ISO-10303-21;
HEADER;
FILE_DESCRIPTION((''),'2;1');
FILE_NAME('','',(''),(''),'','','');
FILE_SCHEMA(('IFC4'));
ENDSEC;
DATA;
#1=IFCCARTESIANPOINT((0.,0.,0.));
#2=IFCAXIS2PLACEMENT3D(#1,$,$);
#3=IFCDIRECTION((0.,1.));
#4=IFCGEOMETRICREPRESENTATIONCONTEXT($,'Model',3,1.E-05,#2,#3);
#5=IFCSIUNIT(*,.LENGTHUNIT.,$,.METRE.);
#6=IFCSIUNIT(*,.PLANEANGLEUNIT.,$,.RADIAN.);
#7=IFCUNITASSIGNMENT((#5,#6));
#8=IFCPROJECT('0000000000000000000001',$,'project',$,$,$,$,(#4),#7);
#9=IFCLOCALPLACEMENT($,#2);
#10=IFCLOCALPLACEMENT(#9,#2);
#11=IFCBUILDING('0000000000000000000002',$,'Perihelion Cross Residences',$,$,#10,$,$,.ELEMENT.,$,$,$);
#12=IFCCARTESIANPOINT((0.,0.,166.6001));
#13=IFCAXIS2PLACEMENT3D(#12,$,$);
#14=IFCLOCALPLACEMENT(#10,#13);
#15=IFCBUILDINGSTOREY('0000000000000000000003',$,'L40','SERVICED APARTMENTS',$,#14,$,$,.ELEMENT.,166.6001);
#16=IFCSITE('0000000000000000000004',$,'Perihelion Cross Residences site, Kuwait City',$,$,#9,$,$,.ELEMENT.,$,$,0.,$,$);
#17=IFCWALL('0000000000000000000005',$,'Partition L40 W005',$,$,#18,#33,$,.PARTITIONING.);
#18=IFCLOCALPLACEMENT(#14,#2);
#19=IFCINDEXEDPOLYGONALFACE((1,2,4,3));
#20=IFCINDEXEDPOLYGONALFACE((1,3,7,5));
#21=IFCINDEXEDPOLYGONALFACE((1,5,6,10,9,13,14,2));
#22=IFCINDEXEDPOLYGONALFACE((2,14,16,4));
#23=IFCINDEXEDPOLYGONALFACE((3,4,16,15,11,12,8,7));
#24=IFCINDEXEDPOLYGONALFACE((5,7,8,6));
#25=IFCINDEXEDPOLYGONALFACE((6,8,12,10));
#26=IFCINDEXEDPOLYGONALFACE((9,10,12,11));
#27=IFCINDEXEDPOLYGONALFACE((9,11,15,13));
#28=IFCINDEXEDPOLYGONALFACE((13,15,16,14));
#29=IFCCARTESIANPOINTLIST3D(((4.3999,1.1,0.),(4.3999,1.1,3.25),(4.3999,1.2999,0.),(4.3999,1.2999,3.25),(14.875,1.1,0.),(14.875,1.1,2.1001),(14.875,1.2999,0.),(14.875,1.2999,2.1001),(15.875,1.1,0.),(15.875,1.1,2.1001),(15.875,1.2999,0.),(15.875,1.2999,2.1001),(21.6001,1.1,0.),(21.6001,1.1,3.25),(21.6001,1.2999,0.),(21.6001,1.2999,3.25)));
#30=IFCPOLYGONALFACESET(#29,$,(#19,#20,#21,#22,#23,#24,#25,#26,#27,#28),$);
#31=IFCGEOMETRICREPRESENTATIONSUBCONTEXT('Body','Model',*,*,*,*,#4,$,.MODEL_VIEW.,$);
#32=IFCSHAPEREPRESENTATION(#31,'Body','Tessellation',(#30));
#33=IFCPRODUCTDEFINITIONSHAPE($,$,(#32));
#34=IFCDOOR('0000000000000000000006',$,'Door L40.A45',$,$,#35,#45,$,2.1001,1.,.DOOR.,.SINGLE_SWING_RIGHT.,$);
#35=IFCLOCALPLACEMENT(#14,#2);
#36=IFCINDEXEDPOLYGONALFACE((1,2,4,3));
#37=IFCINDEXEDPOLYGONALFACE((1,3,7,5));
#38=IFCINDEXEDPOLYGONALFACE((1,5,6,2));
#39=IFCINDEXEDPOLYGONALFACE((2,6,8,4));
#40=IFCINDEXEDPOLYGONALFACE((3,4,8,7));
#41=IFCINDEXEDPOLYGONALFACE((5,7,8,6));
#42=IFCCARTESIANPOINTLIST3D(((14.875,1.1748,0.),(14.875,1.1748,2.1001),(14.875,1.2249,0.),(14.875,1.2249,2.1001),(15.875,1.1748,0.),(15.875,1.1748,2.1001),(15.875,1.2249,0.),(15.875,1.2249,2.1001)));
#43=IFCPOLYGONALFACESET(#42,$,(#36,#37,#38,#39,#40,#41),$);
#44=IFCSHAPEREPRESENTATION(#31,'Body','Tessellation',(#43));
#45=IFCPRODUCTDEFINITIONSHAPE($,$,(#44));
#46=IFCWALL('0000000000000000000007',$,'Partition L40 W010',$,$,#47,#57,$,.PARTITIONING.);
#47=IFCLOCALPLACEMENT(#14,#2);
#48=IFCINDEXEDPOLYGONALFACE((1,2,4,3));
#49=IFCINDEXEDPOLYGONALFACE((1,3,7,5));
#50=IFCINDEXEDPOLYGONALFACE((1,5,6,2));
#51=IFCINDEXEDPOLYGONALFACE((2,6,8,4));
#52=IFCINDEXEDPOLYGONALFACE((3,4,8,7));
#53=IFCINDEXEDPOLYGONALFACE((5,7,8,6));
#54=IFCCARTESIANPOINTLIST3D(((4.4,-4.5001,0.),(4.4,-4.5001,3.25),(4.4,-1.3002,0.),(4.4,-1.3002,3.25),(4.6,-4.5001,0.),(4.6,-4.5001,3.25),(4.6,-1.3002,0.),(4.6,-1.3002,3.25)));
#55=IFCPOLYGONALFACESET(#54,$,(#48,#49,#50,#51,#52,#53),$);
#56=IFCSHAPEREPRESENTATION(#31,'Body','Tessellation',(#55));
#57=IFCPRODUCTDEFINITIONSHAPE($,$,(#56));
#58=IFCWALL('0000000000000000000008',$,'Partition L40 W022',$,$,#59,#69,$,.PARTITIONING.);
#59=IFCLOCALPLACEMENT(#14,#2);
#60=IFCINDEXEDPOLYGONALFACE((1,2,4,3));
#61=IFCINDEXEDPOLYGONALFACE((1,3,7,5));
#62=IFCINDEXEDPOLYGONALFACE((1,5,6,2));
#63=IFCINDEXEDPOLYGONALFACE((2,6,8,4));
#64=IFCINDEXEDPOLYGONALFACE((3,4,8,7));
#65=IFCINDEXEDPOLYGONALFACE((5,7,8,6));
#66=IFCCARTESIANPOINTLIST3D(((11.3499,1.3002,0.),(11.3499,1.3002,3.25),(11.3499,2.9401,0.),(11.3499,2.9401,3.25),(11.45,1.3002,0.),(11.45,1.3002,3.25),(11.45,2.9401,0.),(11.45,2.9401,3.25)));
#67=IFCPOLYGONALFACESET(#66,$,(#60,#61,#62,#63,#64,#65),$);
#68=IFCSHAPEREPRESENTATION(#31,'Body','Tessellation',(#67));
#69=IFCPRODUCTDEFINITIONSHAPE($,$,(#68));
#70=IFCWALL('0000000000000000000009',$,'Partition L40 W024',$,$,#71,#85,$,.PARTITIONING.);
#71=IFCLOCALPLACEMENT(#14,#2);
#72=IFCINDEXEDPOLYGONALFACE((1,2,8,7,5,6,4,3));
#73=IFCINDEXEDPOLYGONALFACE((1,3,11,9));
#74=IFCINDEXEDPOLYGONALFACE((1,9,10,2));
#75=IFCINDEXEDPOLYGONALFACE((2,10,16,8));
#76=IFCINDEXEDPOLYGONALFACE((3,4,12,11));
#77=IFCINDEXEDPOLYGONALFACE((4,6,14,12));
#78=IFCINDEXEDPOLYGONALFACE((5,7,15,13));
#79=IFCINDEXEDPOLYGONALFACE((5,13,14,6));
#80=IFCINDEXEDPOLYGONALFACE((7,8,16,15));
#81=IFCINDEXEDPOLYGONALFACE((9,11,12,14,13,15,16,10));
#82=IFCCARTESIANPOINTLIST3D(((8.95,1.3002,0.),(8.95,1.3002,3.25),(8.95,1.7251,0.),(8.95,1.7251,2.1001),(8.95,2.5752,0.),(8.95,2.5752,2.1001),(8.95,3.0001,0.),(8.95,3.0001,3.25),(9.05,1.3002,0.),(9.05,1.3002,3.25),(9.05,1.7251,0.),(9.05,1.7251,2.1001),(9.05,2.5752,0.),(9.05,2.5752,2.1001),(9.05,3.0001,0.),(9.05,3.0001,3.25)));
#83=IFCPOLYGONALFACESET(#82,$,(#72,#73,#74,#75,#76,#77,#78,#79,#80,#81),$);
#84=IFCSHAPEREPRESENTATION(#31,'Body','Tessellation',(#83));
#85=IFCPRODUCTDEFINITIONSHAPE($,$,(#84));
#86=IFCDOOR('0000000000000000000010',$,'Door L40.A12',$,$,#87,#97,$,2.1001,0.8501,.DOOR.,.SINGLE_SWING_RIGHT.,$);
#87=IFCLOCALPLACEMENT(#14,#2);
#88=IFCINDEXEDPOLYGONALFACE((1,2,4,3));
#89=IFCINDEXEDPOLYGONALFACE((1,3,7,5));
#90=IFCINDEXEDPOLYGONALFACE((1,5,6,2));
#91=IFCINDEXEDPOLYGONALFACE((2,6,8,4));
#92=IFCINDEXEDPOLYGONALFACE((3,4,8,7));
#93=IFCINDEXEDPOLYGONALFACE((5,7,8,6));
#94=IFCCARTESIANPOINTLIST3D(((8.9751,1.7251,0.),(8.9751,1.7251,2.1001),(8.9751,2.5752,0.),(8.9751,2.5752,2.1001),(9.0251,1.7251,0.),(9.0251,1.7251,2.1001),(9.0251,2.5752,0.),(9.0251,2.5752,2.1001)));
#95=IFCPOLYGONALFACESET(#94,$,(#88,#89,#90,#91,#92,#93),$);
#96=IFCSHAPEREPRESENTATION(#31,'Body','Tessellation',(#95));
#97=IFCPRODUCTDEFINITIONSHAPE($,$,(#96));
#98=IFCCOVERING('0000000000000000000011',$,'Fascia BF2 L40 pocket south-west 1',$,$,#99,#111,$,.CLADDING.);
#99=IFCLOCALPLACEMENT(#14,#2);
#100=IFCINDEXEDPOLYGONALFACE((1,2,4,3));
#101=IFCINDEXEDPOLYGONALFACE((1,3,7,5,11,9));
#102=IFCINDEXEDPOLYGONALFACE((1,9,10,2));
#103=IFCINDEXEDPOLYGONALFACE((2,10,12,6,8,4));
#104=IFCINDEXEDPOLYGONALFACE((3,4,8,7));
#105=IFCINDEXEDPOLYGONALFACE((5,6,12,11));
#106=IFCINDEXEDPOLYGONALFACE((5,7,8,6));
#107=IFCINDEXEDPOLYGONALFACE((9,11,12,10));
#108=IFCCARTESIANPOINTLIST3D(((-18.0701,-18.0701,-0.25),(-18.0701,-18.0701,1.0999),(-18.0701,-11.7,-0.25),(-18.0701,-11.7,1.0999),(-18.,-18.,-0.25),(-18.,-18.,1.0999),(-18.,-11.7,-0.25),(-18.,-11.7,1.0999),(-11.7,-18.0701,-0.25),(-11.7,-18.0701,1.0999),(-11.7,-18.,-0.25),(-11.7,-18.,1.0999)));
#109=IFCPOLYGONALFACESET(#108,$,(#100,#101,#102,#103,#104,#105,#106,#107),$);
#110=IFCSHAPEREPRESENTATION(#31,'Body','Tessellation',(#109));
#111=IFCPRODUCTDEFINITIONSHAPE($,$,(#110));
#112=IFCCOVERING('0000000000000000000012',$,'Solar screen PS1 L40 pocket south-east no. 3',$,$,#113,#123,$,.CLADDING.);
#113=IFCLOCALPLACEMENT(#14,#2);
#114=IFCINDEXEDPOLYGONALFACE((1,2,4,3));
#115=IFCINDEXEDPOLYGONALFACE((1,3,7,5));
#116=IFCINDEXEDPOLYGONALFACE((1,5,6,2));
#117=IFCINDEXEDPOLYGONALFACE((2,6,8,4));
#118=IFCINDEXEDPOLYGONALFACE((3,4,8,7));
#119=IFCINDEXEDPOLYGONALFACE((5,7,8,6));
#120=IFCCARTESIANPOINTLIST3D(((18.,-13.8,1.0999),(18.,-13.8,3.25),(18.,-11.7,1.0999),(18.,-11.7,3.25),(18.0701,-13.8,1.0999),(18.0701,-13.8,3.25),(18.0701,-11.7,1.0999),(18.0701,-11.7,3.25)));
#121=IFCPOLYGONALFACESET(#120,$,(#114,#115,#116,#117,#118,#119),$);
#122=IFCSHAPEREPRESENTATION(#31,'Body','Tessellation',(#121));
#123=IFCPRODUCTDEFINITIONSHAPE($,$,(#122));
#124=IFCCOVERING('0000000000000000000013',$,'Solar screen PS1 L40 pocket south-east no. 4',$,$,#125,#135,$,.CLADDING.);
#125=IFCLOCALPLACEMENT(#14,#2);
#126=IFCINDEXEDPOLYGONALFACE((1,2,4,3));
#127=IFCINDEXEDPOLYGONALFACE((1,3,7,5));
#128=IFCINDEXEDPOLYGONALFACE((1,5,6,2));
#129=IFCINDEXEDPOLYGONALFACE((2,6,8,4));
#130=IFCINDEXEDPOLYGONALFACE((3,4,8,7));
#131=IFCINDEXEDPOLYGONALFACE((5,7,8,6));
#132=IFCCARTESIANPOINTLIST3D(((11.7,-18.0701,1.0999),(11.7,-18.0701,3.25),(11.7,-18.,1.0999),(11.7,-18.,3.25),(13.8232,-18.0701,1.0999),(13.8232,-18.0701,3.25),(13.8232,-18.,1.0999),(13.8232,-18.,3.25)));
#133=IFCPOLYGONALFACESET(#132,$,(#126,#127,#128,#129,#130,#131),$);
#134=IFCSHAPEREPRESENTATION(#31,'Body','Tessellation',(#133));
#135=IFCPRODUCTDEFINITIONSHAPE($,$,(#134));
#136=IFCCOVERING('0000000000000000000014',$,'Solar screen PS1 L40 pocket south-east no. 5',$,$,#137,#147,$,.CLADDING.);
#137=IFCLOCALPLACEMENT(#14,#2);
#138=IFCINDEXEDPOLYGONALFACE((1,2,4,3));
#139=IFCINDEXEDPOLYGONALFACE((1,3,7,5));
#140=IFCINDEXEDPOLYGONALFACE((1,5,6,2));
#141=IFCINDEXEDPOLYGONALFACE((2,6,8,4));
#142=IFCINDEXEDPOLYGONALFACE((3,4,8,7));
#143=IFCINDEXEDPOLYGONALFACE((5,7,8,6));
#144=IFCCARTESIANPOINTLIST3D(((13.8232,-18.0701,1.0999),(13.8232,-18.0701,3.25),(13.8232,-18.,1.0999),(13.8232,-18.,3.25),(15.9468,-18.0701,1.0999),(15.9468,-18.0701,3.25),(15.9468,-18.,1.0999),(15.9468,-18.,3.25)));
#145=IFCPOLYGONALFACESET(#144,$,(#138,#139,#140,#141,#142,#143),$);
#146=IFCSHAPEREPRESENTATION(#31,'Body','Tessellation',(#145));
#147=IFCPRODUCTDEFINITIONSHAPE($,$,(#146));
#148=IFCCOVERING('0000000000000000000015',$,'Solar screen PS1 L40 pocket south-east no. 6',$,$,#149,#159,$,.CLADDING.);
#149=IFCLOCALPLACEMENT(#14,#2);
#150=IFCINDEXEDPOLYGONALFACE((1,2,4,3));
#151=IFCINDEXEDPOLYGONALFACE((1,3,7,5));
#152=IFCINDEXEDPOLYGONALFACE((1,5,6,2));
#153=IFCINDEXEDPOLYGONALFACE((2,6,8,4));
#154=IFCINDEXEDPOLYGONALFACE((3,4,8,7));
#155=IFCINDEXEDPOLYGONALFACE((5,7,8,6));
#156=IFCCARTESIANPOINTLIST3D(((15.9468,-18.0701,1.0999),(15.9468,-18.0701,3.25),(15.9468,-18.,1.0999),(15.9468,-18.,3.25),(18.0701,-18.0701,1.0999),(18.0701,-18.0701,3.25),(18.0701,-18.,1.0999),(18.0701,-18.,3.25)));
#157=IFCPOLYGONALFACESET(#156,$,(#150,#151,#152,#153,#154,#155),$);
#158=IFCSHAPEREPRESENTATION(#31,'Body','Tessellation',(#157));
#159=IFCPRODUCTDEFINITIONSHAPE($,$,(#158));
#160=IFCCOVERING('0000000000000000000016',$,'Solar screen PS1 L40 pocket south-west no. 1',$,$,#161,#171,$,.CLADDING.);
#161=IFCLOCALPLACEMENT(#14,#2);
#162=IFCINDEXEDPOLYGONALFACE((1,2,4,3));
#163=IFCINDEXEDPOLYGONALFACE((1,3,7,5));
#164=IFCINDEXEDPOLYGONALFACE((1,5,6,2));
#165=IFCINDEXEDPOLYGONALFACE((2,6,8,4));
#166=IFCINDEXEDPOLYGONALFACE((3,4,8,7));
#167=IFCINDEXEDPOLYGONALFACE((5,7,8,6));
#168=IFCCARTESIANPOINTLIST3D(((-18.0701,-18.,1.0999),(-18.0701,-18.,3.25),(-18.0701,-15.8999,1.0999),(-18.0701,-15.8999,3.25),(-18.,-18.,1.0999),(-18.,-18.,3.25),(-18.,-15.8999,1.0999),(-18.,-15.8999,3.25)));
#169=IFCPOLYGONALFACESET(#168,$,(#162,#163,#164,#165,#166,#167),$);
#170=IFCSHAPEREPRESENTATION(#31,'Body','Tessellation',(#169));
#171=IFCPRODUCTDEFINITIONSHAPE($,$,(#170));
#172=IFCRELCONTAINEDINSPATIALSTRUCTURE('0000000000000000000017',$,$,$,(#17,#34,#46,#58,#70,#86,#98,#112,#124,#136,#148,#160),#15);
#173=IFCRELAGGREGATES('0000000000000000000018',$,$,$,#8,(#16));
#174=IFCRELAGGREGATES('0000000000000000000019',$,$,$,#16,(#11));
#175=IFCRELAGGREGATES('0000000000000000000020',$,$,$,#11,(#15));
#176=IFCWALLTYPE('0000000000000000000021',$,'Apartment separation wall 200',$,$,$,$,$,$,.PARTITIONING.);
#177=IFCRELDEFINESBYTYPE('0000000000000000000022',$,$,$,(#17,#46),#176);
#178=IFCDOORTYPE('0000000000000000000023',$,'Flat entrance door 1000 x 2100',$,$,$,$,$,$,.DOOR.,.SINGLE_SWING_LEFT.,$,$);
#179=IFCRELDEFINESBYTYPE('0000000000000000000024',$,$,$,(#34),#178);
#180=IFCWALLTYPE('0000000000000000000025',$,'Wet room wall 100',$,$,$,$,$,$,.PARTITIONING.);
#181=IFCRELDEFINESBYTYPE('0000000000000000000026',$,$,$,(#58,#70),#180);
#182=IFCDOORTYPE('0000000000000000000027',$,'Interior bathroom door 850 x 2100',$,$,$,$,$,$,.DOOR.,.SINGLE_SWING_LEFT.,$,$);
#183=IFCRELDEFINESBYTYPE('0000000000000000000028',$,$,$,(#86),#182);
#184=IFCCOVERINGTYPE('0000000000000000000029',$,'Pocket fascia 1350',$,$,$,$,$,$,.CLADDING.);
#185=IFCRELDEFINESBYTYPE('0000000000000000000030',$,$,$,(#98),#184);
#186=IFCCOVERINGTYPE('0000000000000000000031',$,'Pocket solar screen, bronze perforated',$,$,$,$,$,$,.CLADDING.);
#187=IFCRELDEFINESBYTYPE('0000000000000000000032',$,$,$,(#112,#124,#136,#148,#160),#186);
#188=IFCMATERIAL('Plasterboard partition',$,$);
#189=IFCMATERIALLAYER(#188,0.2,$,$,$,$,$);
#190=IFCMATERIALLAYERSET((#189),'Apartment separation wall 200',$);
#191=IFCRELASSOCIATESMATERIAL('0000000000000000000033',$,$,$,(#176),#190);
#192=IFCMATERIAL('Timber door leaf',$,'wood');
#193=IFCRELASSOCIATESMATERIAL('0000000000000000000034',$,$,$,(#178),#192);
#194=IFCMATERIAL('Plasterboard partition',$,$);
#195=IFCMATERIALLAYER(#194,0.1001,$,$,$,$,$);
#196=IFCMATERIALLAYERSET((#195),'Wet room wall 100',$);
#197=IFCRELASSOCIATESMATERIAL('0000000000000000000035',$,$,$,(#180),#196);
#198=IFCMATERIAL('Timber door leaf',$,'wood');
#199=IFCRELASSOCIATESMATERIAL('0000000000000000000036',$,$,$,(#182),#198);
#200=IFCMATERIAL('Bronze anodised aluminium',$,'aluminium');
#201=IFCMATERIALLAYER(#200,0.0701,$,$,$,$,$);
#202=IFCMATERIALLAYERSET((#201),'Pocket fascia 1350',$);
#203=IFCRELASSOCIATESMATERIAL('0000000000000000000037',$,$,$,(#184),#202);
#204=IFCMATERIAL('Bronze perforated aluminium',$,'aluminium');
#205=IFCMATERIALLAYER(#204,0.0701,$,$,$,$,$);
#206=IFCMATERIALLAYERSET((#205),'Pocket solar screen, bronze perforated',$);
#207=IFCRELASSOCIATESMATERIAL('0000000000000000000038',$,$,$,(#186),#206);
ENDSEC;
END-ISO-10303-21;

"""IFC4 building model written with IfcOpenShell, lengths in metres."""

from ifc_helpers import new_model, si_unit, direction, frame, frame_2d, origin, place, context, subcontext, project, spatial, polyline, rectangle, outline, extrude, material, layer, layer_set, type_object, element, fill, save


model = new_model("IFC4")

# Units and contexts
model_context = context("Model", 3, precision=1e-05, world=origin(), true_north=direction((0.0, 1.0)))
body_context = subcontext(model_context, "Body", "Model", "MODEL_VIEW")
ifc_project = project(units=[si_unit("LENGTHUNIT", "METRE"), si_unit("PLANEANGLEUNIT", "RADIAN")], contexts=[model_context])

# Site, building, storey
site_placement = place(None, origin())
site = spatial("IfcSite", under=ifc_project, at=site_placement, Name="Perihelion Cross Residences site, Kuwait City", CompositionType="ELEMENT", RefElevation=0.0)
building_placement = place(site_placement, origin())
building = spatial("IfcBuilding", under=site, at=building_placement, Name="Perihelion Cross Residences", CompositionType="ELEMENT")
storey_placement = place(building_placement, frame((0.0, 0.0, 166.6001)))
storey = spatial("IfcBuildingStorey", under=building, at=storey_placement, Name="L40", Description="SERVICED APARTMENTS", CompositionType="ELEMENT", Elevation=166.6001)

# Wall, opening, door
ifc_material_1 = material(Name="Plasterboard partition")
ifc_layer_1 = layer(ifc_material_1, 0.2)
ifc_layer_set_1 = layer_set([ifc_layer_1], Name="Apartment separation wall 200")
wall_type_1 = type_object("IfcWallType", Name="Apartment separation wall 200", PredefinedType="PARTITIONING", material=ifc_layer_set_1)
wall_1_placement = place(storey_placement, frame((4.3999, 1.2, 0.0), z_axis=(0.0, 0.0, 1.0), x_axis=(1.0, 0.0, 0.0)))
wall_1 = element("IfcWall", 1, at=wall_1_placement, inside=storey, type_object=wall_type_1, Name="Partition L40 W005", PredefinedType="PARTITIONING", context=body_context, shape_type="SweptSolid", body=[
    extrude(rectangle(XDim=17.2002, YDim=0.2, at=frame_2d((8.6001, 0.0))), origin(), (0.0, 0.0, 1.0), 3.25),
])
opening_1_placement = place(wall_1_placement, frame((10.4751, 0.0, 0.0)))
opening_1 = element("IfcOpeningElement", 2, at=opening_1_placement, cuts=wall_1, PredefinedType="OPENING", context=body_context, shape_type="SweptSolid", body=[
    extrude(rectangle(XDim=1.0, YDim=2.1001, at=frame_2d((0.5, 1.05))), frame((0.0, 0.1099, 0.0), z_axis=(0.0, -1.0, 0.0), x_axis=(1.0, 0.0, 0.0)), (0.0, 0.0, 1.0), 0.22),
])
ifc_material_2 = material(Name="Timber door leaf", Category="wood")
door_type_1 = type_object("IfcDoorType", Name="Flat entrance door 1000 x 2100", OperationType="SINGLE_SWING_LEFT", PredefinedType="DOOR", material=ifc_material_2)
door_1_placement = place(opening_1_placement, origin())
door_1 = element("IfcDoor", 3, at=door_1_placement, inside=storey, type_object=door_type_1, Name="Door L40.A45", OperationType="SINGLE_SWING_RIGHT", OverallHeight=2.1001, OverallWidth=1.0, PredefinedType="DOOR", context=body_context, shape_type="SweptSolid", body=[
    extrude(rectangle(XDim=1.0, YDim=2.1001, at=frame_2d((0.5, 1.05))), frame((0.0, 0.0249, 0.0), z_axis=(0.0, -1.0, 0.0), x_axis=(1.0, 0.0, 0.0)), (0.0, 0.0, 1.0), 0.05),
])
fill(opening_1, door_1)

# Walls
wall_2_placement = place(storey_placement, frame((4.5, -1.3, 0.0), z_axis=(0.0, 0.0, 1.0), x_axis=(0.0, -1.0, 0.0)))
element("IfcWall", 4, at=wall_2_placement, inside=storey, type_object=wall_type_1, Name="Partition L40 W010", PredefinedType="PARTITIONING", context=body_context, shape_type="SweptSolid", body=[
    extrude(rectangle(XDim=3.2, YDim=0.2, at=frame_2d((1.6001, 0.0))), origin(), (0.0, 0.0, 1.0), 3.25),
])
ifc_material_3 = material(Name="Plasterboard partition")
ifc_layer_2 = layer(ifc_material_3, 0.1001)
ifc_layer_set_2 = layer_set([ifc_layer_2], Name="Wet room wall 100")
wall_type_2 = type_object("IfcWallType", Name="Wet room wall 100", PredefinedType="PARTITIONING", material=ifc_layer_set_2)
wall_3_placement = place(storey_placement, frame((11.3999, 2.9399, 0.0), z_axis=(0.0, 0.0, 1.0), x_axis=(0.0, -1.0, 0.0)))
element("IfcWall", 5, at=wall_3_placement, inside=storey, type_object=wall_type_2, Name="Partition L40 W022", PredefinedType="PARTITIONING", context=body_context, shape_type="SweptSolid", body=[
    extrude(rectangle(XDim=1.6399, YDim=0.1001, at=frame_2d((0.8198, 0.0))), origin(), (0.0, 0.0, 1.0), 3.25),
])

# Wall, opening, door
wall_4_placement = place(storey_placement, frame((9.0, 1.3, 0.0), z_axis=(0.0, 0.0, 1.0), x_axis=(0.0, 1.0, 0.0)))
wall_4 = element("IfcWall", 6, at=wall_4_placement, inside=storey, type_object=wall_type_2, Name="Partition L40 W024", PredefinedType="PARTITIONING", context=body_context, shape_type="SweptSolid", body=[
    extrude(rectangle(XDim=1.7, YDim=0.1001, at=frame_2d((0.8501, 0.0))), origin(), (0.0, 0.0, 1.0), 3.25),
])
opening_2_placement = place(wall_4_placement, frame((0.425, 0.0, 0.0)))
opening_2 = element("IfcOpeningElement", 7, at=opening_2_placement, cuts=wall_4, PredefinedType="OPENING", context=body_context, shape_type="SweptSolid", body=[
    extrude(rectangle(XDim=0.8501, YDim=2.1001, at=frame_2d((0.425, 1.05))), frame((0.0, 0.0601, 0.0), z_axis=(0.0, -1.0, 0.0), x_axis=(1.0, 0.0, 0.0)), (0.0, 0.0, 1.0), 0.1201),
])
ifc_material_4 = material(Name="Timber door leaf", Category="wood")
door_type_2 = type_object("IfcDoorType", Name="Interior bathroom door 850 x 2100", OperationType="SINGLE_SWING_LEFT", PredefinedType="DOOR", material=ifc_material_4)
door_2_placement = place(opening_2_placement, origin())
door_2 = element("IfcDoor", 8, at=door_2_placement, inside=storey, type_object=door_type_2, Name="Door L40.A12", OperationType="SINGLE_SWING_RIGHT", OverallHeight=2.1001, OverallWidth=0.8501, PredefinedType="DOOR", context=body_context, shape_type="SweptSolid", body=[
    extrude(rectangle(XDim=0.8501, YDim=2.1001, at=frame_2d((0.425, 1.05))), frame((0.0, 0.0249, 0.0), z_axis=(0.0, -1.0, 0.0), x_axis=(1.0, 0.0, 0.0)), (0.0, 0.0, 1.0), 0.05),
])
fill(opening_2, door_2)

# Coverings
ifc_material_5 = material(Name="Bronze anodised aluminium", Category="aluminium")
ifc_layer_3 = layer(ifc_material_5, 0.0701)
ifc_layer_set_3 = layer_set([ifc_layer_3], Name="Pocket fascia 1350")
covering_type_1 = type_object("IfcCoveringType", Name="Pocket fascia 1350", PredefinedType="CLADDING", material=ifc_layer_set_3)
covering_1_placement = place(storey_placement, frame((0.0, 0.0, -0.25)))
element("IfcCovering", 9, at=covering_1_placement, inside=storey, type_object=covering_type_1, Name="Fascia BF2 L40 pocket south-west 1", PredefinedType="CLADDING", context=body_context, shape_type="SweptSolid", body=[
    extrude(outline(polyline([(-18.0701, -11.7), (-18.0701, -18.0701), (-11.7, -18.0701), (-11.7, -18.0), (-18.0, -18.0), (-18.0, -11.7), (-18.0701, -11.7)])), origin(), (0.0, 0.0, 1.0), 1.3499),
])
ifc_material_6 = material(Name="Bronze perforated aluminium", Category="aluminium")
ifc_layer_4 = layer(ifc_material_6, 0.0701)
ifc_layer_set_4 = layer_set([ifc_layer_4], Name="Pocket solar screen, bronze perforated")
covering_type_2 = type_object("IfcCoveringType", Name="Pocket solar screen, bronze perforated", PredefinedType="CLADDING", material=ifc_layer_set_4)
covering_2_placement = place(storey_placement, frame((0.0, 0.0, 1.0999)))
element("IfcCovering", 10, at=covering_2_placement, inside=storey, type_object=covering_type_2, Name="Solar screen PS1 L40 pocket south-east no. 3", PredefinedType="CLADDING", context=body_context, shape_type="SweptSolid", body=[
    extrude(outline(polyline([(18.0701, -13.8), (18.0701, -11.7), (18.0, -11.7), (18.0, -13.8), (18.0701, -13.8)])), origin(), (0.0, 0.0, 1.0), 2.1501),
])
covering_3_placement = place(storey_placement, frame((0.0, 0.0, 1.0999)))
element("IfcCovering", 11, at=covering_3_placement, inside=storey, type_object=covering_type_2, Name="Solar screen PS1 L40 pocket south-east no. 4", PredefinedType="CLADDING", context=body_context, shape_type="SweptSolid", body=[
    extrude(outline(polyline([(13.8232, -18.0701), (13.8232, -18.0), (11.7, -18.0), (11.7, -18.0701), (13.8232, -18.0701)])), origin(), (0.0, 0.0, 1.0), 2.1501),
])
covering_4_placement = place(storey_placement, frame((0.0, 0.0, 1.0999)))
element("IfcCovering", 12, at=covering_4_placement, inside=storey, type_object=covering_type_2, Name="Solar screen PS1 L40 pocket south-east no. 5", PredefinedType="CLADDING", context=body_context, shape_type="SweptSolid", body=[
    extrude(outline(polyline([(15.9468, -18.0701), (15.9468, -18.0), (13.8232, -18.0), (13.8232, -18.0701), (15.9468, -18.0701)])), origin(), (0.0, 0.0, 1.0), 2.1501),
])
covering_5_placement = place(storey_placement, frame((0.0, 0.0, 1.0999)))
element("IfcCovering", 13, at=covering_5_placement, inside=storey, type_object=covering_type_2, Name="Solar screen PS1 L40 pocket south-east no. 6", PredefinedType="CLADDING", context=body_context, shape_type="SweptSolid", body=[
    extrude(outline(polyline([(18.0701, -18.0701), (18.0701, -18.0), (15.9468, -18.0), (15.9468, -18.0701), (18.0701, -18.0701)])), origin(), (0.0, 0.0, 1.0), 2.1501),
])
covering_6_placement = place(storey_placement, frame((0.0, 0.0, 1.0999)))
element("IfcCovering", 14, at=covering_6_placement, inside=storey, type_object=covering_type_2, Name="Solar screen PS1 L40 pocket south-west no. 1", PredefinedType="CLADDING", context=body_context, shape_type="SweptSolid", body=[
    extrude(outline(polyline([(-18.0, -18.0), (-18.0, -15.8999), (-18.0701, -15.8999), (-18.0701, -18.0), (-18.0, -18.0)])), origin(), (0.0, 0.0, 1.0), 2.1501),
])

save(model, "model.ifc")
